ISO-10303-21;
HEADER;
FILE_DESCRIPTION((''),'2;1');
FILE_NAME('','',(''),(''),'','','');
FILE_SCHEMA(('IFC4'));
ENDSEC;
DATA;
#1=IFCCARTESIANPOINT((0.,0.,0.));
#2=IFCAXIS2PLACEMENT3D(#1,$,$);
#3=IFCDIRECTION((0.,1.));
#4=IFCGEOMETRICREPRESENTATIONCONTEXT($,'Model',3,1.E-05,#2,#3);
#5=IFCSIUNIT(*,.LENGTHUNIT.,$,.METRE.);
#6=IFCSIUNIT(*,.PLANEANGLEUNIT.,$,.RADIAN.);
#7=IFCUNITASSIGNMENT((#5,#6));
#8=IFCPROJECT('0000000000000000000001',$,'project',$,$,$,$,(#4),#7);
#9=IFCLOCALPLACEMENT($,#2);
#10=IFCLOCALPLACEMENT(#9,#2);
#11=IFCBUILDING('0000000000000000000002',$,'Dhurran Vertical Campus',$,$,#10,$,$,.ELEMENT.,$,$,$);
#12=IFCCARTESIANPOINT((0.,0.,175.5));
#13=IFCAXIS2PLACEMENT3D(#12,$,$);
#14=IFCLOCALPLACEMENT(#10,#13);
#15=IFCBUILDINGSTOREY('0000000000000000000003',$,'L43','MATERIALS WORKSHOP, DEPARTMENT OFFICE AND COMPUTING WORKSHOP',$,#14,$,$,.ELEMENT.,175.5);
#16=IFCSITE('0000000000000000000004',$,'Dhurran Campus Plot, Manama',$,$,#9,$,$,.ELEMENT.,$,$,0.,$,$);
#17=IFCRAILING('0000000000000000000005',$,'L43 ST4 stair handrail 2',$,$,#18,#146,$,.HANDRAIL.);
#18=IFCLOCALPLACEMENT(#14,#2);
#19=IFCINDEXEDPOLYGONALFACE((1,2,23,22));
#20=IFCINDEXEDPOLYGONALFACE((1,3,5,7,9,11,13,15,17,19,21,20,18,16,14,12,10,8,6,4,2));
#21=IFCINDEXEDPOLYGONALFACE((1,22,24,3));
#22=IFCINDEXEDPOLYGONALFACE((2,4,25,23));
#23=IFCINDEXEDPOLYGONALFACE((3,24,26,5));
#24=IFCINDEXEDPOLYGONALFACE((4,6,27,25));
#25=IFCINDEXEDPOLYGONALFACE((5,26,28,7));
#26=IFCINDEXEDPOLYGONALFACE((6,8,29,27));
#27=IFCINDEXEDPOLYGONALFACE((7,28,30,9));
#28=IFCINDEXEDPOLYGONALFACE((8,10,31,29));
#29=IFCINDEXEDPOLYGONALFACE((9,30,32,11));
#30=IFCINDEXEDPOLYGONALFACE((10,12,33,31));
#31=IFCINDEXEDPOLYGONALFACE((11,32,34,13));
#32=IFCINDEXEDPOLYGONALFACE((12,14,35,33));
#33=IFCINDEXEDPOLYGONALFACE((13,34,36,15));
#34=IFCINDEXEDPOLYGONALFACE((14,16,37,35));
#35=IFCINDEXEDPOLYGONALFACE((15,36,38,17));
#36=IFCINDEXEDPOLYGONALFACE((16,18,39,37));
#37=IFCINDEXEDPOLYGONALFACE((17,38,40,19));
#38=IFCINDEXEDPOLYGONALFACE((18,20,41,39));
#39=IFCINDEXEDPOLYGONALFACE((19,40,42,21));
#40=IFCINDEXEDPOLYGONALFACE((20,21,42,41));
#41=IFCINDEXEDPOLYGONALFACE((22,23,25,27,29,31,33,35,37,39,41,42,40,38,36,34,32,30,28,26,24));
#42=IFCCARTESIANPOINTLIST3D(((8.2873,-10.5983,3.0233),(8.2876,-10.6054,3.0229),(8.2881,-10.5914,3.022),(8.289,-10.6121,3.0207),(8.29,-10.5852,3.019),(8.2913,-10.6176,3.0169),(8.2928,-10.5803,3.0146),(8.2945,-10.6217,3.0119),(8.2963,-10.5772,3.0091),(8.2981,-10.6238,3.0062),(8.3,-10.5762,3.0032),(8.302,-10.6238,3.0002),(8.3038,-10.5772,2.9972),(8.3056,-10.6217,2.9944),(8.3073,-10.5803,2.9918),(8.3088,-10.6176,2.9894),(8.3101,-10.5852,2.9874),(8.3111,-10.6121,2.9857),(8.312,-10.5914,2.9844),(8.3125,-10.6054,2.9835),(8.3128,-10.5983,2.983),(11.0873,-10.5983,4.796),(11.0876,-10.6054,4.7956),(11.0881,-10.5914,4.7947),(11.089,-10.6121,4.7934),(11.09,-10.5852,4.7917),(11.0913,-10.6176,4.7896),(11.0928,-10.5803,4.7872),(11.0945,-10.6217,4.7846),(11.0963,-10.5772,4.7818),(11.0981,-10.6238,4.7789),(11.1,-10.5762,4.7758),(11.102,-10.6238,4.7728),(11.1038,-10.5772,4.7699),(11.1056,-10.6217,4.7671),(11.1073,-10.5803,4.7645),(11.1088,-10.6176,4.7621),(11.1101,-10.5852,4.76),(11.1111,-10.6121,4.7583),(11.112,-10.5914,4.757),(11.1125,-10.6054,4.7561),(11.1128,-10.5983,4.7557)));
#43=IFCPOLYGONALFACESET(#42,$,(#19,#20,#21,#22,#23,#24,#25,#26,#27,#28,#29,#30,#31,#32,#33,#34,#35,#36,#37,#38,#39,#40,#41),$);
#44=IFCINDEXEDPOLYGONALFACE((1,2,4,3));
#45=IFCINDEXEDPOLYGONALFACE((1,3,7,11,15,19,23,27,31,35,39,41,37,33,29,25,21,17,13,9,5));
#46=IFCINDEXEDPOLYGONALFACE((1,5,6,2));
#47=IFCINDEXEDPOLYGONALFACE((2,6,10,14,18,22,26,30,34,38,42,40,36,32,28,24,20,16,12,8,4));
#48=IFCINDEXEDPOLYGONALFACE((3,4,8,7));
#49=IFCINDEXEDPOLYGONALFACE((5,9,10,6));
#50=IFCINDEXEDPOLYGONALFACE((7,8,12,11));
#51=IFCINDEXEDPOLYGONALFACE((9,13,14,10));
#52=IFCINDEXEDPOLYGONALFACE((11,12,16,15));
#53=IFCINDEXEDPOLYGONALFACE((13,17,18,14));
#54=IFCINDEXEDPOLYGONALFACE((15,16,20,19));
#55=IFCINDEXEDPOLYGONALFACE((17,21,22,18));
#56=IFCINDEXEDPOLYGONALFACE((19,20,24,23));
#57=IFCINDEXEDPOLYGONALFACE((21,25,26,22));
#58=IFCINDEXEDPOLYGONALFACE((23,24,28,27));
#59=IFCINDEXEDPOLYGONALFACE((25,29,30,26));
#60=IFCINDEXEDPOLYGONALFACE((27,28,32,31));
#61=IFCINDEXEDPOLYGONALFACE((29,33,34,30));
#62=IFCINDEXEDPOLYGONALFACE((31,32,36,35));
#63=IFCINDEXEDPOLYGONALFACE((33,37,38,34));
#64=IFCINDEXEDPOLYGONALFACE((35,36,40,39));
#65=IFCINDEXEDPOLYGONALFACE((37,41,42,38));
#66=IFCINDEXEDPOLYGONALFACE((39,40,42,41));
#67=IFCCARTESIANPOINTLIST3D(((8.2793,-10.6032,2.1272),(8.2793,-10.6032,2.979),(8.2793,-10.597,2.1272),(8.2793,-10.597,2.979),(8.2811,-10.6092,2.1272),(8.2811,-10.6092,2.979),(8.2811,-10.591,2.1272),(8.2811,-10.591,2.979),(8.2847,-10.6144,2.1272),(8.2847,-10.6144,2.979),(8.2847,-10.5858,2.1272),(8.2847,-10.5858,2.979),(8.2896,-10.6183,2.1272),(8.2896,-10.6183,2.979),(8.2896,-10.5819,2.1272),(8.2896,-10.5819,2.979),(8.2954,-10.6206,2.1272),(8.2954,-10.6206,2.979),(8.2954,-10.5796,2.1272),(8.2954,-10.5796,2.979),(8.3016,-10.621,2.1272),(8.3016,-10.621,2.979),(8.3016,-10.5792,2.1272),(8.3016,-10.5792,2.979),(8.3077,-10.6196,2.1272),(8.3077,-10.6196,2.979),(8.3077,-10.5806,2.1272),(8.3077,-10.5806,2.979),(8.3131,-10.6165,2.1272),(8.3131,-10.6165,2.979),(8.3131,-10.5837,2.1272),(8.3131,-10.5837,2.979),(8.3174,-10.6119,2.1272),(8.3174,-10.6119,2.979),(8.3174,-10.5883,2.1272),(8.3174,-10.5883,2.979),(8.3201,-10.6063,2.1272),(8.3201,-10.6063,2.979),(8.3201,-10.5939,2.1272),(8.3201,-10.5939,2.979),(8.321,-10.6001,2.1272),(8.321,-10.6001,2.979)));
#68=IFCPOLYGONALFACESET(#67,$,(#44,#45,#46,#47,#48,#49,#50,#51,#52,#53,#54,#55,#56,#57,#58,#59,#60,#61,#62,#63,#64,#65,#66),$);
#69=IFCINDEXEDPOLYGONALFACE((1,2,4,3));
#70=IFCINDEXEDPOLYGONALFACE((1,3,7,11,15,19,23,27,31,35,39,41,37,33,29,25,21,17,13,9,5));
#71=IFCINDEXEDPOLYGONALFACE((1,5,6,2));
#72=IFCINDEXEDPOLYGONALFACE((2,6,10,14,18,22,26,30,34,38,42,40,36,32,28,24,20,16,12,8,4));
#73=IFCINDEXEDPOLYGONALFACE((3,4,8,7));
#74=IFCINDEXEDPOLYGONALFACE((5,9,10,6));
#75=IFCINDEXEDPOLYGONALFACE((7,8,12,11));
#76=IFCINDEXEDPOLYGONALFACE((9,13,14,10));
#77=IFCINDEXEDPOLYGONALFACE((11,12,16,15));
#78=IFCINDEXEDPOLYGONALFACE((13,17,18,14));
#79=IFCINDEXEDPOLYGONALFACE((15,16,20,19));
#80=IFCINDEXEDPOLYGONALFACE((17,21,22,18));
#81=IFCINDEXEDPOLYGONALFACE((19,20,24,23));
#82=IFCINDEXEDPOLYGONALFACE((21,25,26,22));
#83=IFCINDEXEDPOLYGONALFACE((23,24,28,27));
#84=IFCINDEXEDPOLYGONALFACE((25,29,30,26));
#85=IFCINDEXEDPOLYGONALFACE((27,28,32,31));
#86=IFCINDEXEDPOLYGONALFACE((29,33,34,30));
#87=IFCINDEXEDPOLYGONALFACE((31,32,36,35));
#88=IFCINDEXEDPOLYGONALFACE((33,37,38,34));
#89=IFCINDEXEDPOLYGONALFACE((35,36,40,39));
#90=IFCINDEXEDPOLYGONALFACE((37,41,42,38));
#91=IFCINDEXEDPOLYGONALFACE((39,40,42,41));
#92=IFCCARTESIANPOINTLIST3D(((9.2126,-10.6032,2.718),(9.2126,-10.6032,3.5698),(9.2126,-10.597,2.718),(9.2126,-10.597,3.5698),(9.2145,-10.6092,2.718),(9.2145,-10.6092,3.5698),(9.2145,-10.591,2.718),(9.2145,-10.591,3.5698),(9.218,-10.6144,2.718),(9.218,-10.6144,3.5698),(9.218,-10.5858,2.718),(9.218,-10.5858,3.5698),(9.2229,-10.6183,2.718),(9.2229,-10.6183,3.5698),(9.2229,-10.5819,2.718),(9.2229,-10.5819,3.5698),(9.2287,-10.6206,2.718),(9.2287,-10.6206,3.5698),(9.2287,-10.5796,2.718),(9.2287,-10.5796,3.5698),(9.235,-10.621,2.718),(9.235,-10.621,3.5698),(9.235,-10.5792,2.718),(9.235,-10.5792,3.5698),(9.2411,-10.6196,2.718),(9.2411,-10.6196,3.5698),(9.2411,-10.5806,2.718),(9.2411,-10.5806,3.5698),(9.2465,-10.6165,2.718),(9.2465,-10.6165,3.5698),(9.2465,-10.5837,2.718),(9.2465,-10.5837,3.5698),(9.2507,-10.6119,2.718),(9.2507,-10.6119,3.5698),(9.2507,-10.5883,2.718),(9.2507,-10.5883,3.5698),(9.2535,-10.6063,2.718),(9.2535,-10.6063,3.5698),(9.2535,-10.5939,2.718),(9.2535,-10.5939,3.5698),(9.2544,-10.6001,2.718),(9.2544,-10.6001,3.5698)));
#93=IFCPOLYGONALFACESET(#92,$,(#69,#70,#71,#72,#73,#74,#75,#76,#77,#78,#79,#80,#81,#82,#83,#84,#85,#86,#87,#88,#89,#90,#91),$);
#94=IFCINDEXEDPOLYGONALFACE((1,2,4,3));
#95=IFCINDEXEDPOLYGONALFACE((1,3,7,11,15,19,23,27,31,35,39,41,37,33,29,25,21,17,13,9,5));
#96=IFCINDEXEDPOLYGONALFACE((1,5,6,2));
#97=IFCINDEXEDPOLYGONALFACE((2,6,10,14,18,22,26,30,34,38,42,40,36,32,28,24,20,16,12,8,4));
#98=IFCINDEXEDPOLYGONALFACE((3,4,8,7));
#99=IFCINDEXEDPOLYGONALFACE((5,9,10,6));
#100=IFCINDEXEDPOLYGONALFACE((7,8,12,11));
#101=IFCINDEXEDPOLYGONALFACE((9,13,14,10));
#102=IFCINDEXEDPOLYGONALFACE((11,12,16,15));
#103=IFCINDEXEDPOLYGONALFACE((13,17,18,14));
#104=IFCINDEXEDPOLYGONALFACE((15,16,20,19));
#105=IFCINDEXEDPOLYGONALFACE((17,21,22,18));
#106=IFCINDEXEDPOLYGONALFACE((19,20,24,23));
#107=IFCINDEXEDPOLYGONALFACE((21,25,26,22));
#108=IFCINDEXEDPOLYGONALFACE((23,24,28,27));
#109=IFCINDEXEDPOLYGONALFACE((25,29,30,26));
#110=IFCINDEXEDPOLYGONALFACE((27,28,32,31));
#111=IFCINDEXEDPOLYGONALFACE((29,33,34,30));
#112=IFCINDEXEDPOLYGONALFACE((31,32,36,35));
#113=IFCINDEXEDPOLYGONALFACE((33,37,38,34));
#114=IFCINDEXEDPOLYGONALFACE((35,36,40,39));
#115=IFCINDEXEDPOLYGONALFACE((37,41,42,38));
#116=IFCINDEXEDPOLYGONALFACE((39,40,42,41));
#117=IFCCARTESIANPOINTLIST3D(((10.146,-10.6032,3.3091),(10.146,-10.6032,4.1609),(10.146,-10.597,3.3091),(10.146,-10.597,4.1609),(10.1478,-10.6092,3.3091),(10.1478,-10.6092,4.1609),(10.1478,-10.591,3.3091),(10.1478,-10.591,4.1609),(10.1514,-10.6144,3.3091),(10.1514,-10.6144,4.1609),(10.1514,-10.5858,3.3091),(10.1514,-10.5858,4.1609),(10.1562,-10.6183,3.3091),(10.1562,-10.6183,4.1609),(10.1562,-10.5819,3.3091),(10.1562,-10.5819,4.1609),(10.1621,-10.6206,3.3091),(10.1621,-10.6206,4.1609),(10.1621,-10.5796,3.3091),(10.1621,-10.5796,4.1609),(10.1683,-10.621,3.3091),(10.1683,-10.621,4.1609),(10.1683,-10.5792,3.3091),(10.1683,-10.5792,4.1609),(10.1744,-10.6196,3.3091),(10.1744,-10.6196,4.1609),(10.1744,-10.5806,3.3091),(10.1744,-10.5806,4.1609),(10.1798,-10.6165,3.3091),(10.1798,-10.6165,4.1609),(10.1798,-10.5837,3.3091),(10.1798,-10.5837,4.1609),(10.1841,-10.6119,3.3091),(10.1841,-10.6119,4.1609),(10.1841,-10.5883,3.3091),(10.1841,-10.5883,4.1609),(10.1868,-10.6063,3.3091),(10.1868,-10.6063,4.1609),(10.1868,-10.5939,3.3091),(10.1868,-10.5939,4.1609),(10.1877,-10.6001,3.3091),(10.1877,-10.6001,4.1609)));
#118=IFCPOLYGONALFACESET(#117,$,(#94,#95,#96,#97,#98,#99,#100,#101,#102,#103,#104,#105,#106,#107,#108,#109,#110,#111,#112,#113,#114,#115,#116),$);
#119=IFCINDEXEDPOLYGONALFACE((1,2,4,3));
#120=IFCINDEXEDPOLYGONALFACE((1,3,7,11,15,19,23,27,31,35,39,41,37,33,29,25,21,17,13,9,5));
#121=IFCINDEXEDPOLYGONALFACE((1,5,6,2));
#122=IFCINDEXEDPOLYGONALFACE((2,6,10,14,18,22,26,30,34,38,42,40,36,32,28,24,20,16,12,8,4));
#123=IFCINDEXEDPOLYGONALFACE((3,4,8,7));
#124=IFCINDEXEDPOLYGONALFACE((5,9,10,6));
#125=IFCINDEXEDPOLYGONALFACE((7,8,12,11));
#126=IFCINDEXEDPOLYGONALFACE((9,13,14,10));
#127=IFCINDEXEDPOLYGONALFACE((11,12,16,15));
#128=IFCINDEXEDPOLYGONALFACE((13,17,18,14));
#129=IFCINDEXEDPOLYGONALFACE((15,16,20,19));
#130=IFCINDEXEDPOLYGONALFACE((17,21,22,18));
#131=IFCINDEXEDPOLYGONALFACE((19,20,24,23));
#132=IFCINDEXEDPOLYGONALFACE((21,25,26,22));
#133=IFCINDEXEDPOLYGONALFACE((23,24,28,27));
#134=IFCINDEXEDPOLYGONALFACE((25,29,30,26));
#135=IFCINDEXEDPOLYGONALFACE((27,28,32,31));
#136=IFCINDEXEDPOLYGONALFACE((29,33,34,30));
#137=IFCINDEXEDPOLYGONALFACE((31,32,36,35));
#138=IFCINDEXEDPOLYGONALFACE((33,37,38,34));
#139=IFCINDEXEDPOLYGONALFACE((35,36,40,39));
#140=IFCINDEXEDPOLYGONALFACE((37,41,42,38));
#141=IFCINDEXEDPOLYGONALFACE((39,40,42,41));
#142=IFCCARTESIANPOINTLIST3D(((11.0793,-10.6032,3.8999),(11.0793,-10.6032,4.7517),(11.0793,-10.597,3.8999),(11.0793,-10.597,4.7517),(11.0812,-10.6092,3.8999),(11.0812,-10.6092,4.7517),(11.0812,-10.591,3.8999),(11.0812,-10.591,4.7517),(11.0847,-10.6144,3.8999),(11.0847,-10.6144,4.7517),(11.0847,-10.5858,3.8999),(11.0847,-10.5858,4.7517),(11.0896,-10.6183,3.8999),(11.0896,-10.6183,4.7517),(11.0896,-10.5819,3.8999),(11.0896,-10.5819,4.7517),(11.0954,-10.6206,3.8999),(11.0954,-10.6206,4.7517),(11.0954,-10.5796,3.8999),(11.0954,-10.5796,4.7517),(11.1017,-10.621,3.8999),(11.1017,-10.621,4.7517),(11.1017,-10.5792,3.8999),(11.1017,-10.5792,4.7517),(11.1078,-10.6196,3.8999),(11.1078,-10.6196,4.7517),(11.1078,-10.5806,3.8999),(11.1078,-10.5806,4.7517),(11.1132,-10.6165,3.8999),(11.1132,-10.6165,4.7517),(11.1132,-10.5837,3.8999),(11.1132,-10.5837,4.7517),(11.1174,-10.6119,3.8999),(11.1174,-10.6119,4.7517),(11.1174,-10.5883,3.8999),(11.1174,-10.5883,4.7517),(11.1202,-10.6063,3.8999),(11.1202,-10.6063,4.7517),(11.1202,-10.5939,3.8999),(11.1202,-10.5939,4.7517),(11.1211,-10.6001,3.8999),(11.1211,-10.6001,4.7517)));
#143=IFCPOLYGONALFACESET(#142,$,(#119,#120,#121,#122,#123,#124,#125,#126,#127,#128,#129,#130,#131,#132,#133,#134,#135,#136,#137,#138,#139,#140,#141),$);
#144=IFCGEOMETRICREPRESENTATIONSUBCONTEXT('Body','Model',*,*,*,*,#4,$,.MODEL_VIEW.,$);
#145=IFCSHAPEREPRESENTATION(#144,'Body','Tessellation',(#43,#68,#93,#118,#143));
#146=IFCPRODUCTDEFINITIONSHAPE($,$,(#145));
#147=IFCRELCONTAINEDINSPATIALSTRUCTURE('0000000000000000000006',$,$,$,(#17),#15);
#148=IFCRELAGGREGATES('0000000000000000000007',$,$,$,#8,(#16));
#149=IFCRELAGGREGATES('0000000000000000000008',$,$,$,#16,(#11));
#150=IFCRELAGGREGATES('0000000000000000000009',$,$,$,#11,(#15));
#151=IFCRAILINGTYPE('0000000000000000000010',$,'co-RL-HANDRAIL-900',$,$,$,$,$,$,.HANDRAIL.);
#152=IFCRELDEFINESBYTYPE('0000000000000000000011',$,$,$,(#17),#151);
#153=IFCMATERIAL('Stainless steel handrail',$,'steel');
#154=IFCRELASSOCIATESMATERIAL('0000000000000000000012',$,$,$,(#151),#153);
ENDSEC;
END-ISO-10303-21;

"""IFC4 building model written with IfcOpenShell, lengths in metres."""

from ifc_helpers import new_model, si_unit, direction, frame, origin, origin_2d, place, context, subcontext, project, spatial, circle, extrude, material, type_object, element, save


model = new_model("IFC4")

# Units and contexts
model_context = context("Model", 3, precision=1e-05, world=origin(), true_north=direction((0.0, 1.0)))
body_context = subcontext(model_context, "Body", "Model", "MODEL_VIEW")
ifc_project = project(units=[si_unit("LENGTHUNIT", "METRE"), si_unit("PLANEANGLEUNIT", "RADIAN")], contexts=[model_context])

# Site, building, storey
site_placement = place(None, origin())
site = spatial("IfcSite", under=ifc_project, at=site_placement, Name="Dhurran Campus Plot, Manama", CompositionType="ELEMENT", RefElevation=0.0)
building_placement = place(site_placement, origin())
building = spatial("IfcBuilding", under=site, at=building_placement, Name="Dhurran Vertical Campus", CompositionType="ELEMENT")
storey_placement = place(building_placement, frame((0.0, 0.0, 175.5)))
storey = spatial("IfcBuildingStorey", under=building, at=storey_placement, Name="L43", Description="MATERIALS WORKSHOP, DEPARTMENT OFFICE AND COMPUTING WORKSHOP", CompositionType="ELEMENT", Elevation=175.5)

# Railing
ifc_material_1 = material(Name="Stainless steel handrail", Category="steel")
railing_type_1 = type_object("IfcRailingType", Name="co-RL-HANDRAIL-900", PredefinedType="HANDRAIL", material=ifc_material_1)
railing_1_placement = place(storey_placement, frame((8.3, -10.6001, 2.1272)))
element("IfcRailing", 1, at=railing_1_placement, inside=storey, type_object=railing_type_1, Name="L43 ST4 stair handrail 2", PredefinedType="HANDRAIL", context=body_context, shape_type="SweptSolid", body=[
    extrude(circle(Radius=0.0239, at=origin_2d()), frame((0.0, 0.0, 0.876), z_axis=(0.844909, 0.0, 0.53491), x_axis=(0.0, 1.0, 0.0)), (0.0, 0.0, 1.0), 3.314),
    extrude(circle(Radius=0.021, at=origin_2d()), origin(), (0.0, 0.0, 1.0), 0.8518),
    extrude(circle(Radius=0.021, at=origin_2d()), frame((0.9333, 0.0, 0.5908)), (0.0, 0.0, 1.0), 0.8518),
    extrude(circle(Radius=0.021, at=origin_2d()), frame((1.8667, 0.0, 1.1819)), (0.0, 0.0, 1.0), 0.8518),
    extrude(circle(Radius=0.021, at=origin_2d()), frame((2.8, 0.0, 1.7727)), (0.0, 0.0, 1.0), 0.8518),
])

save(model, "model.ifc")
